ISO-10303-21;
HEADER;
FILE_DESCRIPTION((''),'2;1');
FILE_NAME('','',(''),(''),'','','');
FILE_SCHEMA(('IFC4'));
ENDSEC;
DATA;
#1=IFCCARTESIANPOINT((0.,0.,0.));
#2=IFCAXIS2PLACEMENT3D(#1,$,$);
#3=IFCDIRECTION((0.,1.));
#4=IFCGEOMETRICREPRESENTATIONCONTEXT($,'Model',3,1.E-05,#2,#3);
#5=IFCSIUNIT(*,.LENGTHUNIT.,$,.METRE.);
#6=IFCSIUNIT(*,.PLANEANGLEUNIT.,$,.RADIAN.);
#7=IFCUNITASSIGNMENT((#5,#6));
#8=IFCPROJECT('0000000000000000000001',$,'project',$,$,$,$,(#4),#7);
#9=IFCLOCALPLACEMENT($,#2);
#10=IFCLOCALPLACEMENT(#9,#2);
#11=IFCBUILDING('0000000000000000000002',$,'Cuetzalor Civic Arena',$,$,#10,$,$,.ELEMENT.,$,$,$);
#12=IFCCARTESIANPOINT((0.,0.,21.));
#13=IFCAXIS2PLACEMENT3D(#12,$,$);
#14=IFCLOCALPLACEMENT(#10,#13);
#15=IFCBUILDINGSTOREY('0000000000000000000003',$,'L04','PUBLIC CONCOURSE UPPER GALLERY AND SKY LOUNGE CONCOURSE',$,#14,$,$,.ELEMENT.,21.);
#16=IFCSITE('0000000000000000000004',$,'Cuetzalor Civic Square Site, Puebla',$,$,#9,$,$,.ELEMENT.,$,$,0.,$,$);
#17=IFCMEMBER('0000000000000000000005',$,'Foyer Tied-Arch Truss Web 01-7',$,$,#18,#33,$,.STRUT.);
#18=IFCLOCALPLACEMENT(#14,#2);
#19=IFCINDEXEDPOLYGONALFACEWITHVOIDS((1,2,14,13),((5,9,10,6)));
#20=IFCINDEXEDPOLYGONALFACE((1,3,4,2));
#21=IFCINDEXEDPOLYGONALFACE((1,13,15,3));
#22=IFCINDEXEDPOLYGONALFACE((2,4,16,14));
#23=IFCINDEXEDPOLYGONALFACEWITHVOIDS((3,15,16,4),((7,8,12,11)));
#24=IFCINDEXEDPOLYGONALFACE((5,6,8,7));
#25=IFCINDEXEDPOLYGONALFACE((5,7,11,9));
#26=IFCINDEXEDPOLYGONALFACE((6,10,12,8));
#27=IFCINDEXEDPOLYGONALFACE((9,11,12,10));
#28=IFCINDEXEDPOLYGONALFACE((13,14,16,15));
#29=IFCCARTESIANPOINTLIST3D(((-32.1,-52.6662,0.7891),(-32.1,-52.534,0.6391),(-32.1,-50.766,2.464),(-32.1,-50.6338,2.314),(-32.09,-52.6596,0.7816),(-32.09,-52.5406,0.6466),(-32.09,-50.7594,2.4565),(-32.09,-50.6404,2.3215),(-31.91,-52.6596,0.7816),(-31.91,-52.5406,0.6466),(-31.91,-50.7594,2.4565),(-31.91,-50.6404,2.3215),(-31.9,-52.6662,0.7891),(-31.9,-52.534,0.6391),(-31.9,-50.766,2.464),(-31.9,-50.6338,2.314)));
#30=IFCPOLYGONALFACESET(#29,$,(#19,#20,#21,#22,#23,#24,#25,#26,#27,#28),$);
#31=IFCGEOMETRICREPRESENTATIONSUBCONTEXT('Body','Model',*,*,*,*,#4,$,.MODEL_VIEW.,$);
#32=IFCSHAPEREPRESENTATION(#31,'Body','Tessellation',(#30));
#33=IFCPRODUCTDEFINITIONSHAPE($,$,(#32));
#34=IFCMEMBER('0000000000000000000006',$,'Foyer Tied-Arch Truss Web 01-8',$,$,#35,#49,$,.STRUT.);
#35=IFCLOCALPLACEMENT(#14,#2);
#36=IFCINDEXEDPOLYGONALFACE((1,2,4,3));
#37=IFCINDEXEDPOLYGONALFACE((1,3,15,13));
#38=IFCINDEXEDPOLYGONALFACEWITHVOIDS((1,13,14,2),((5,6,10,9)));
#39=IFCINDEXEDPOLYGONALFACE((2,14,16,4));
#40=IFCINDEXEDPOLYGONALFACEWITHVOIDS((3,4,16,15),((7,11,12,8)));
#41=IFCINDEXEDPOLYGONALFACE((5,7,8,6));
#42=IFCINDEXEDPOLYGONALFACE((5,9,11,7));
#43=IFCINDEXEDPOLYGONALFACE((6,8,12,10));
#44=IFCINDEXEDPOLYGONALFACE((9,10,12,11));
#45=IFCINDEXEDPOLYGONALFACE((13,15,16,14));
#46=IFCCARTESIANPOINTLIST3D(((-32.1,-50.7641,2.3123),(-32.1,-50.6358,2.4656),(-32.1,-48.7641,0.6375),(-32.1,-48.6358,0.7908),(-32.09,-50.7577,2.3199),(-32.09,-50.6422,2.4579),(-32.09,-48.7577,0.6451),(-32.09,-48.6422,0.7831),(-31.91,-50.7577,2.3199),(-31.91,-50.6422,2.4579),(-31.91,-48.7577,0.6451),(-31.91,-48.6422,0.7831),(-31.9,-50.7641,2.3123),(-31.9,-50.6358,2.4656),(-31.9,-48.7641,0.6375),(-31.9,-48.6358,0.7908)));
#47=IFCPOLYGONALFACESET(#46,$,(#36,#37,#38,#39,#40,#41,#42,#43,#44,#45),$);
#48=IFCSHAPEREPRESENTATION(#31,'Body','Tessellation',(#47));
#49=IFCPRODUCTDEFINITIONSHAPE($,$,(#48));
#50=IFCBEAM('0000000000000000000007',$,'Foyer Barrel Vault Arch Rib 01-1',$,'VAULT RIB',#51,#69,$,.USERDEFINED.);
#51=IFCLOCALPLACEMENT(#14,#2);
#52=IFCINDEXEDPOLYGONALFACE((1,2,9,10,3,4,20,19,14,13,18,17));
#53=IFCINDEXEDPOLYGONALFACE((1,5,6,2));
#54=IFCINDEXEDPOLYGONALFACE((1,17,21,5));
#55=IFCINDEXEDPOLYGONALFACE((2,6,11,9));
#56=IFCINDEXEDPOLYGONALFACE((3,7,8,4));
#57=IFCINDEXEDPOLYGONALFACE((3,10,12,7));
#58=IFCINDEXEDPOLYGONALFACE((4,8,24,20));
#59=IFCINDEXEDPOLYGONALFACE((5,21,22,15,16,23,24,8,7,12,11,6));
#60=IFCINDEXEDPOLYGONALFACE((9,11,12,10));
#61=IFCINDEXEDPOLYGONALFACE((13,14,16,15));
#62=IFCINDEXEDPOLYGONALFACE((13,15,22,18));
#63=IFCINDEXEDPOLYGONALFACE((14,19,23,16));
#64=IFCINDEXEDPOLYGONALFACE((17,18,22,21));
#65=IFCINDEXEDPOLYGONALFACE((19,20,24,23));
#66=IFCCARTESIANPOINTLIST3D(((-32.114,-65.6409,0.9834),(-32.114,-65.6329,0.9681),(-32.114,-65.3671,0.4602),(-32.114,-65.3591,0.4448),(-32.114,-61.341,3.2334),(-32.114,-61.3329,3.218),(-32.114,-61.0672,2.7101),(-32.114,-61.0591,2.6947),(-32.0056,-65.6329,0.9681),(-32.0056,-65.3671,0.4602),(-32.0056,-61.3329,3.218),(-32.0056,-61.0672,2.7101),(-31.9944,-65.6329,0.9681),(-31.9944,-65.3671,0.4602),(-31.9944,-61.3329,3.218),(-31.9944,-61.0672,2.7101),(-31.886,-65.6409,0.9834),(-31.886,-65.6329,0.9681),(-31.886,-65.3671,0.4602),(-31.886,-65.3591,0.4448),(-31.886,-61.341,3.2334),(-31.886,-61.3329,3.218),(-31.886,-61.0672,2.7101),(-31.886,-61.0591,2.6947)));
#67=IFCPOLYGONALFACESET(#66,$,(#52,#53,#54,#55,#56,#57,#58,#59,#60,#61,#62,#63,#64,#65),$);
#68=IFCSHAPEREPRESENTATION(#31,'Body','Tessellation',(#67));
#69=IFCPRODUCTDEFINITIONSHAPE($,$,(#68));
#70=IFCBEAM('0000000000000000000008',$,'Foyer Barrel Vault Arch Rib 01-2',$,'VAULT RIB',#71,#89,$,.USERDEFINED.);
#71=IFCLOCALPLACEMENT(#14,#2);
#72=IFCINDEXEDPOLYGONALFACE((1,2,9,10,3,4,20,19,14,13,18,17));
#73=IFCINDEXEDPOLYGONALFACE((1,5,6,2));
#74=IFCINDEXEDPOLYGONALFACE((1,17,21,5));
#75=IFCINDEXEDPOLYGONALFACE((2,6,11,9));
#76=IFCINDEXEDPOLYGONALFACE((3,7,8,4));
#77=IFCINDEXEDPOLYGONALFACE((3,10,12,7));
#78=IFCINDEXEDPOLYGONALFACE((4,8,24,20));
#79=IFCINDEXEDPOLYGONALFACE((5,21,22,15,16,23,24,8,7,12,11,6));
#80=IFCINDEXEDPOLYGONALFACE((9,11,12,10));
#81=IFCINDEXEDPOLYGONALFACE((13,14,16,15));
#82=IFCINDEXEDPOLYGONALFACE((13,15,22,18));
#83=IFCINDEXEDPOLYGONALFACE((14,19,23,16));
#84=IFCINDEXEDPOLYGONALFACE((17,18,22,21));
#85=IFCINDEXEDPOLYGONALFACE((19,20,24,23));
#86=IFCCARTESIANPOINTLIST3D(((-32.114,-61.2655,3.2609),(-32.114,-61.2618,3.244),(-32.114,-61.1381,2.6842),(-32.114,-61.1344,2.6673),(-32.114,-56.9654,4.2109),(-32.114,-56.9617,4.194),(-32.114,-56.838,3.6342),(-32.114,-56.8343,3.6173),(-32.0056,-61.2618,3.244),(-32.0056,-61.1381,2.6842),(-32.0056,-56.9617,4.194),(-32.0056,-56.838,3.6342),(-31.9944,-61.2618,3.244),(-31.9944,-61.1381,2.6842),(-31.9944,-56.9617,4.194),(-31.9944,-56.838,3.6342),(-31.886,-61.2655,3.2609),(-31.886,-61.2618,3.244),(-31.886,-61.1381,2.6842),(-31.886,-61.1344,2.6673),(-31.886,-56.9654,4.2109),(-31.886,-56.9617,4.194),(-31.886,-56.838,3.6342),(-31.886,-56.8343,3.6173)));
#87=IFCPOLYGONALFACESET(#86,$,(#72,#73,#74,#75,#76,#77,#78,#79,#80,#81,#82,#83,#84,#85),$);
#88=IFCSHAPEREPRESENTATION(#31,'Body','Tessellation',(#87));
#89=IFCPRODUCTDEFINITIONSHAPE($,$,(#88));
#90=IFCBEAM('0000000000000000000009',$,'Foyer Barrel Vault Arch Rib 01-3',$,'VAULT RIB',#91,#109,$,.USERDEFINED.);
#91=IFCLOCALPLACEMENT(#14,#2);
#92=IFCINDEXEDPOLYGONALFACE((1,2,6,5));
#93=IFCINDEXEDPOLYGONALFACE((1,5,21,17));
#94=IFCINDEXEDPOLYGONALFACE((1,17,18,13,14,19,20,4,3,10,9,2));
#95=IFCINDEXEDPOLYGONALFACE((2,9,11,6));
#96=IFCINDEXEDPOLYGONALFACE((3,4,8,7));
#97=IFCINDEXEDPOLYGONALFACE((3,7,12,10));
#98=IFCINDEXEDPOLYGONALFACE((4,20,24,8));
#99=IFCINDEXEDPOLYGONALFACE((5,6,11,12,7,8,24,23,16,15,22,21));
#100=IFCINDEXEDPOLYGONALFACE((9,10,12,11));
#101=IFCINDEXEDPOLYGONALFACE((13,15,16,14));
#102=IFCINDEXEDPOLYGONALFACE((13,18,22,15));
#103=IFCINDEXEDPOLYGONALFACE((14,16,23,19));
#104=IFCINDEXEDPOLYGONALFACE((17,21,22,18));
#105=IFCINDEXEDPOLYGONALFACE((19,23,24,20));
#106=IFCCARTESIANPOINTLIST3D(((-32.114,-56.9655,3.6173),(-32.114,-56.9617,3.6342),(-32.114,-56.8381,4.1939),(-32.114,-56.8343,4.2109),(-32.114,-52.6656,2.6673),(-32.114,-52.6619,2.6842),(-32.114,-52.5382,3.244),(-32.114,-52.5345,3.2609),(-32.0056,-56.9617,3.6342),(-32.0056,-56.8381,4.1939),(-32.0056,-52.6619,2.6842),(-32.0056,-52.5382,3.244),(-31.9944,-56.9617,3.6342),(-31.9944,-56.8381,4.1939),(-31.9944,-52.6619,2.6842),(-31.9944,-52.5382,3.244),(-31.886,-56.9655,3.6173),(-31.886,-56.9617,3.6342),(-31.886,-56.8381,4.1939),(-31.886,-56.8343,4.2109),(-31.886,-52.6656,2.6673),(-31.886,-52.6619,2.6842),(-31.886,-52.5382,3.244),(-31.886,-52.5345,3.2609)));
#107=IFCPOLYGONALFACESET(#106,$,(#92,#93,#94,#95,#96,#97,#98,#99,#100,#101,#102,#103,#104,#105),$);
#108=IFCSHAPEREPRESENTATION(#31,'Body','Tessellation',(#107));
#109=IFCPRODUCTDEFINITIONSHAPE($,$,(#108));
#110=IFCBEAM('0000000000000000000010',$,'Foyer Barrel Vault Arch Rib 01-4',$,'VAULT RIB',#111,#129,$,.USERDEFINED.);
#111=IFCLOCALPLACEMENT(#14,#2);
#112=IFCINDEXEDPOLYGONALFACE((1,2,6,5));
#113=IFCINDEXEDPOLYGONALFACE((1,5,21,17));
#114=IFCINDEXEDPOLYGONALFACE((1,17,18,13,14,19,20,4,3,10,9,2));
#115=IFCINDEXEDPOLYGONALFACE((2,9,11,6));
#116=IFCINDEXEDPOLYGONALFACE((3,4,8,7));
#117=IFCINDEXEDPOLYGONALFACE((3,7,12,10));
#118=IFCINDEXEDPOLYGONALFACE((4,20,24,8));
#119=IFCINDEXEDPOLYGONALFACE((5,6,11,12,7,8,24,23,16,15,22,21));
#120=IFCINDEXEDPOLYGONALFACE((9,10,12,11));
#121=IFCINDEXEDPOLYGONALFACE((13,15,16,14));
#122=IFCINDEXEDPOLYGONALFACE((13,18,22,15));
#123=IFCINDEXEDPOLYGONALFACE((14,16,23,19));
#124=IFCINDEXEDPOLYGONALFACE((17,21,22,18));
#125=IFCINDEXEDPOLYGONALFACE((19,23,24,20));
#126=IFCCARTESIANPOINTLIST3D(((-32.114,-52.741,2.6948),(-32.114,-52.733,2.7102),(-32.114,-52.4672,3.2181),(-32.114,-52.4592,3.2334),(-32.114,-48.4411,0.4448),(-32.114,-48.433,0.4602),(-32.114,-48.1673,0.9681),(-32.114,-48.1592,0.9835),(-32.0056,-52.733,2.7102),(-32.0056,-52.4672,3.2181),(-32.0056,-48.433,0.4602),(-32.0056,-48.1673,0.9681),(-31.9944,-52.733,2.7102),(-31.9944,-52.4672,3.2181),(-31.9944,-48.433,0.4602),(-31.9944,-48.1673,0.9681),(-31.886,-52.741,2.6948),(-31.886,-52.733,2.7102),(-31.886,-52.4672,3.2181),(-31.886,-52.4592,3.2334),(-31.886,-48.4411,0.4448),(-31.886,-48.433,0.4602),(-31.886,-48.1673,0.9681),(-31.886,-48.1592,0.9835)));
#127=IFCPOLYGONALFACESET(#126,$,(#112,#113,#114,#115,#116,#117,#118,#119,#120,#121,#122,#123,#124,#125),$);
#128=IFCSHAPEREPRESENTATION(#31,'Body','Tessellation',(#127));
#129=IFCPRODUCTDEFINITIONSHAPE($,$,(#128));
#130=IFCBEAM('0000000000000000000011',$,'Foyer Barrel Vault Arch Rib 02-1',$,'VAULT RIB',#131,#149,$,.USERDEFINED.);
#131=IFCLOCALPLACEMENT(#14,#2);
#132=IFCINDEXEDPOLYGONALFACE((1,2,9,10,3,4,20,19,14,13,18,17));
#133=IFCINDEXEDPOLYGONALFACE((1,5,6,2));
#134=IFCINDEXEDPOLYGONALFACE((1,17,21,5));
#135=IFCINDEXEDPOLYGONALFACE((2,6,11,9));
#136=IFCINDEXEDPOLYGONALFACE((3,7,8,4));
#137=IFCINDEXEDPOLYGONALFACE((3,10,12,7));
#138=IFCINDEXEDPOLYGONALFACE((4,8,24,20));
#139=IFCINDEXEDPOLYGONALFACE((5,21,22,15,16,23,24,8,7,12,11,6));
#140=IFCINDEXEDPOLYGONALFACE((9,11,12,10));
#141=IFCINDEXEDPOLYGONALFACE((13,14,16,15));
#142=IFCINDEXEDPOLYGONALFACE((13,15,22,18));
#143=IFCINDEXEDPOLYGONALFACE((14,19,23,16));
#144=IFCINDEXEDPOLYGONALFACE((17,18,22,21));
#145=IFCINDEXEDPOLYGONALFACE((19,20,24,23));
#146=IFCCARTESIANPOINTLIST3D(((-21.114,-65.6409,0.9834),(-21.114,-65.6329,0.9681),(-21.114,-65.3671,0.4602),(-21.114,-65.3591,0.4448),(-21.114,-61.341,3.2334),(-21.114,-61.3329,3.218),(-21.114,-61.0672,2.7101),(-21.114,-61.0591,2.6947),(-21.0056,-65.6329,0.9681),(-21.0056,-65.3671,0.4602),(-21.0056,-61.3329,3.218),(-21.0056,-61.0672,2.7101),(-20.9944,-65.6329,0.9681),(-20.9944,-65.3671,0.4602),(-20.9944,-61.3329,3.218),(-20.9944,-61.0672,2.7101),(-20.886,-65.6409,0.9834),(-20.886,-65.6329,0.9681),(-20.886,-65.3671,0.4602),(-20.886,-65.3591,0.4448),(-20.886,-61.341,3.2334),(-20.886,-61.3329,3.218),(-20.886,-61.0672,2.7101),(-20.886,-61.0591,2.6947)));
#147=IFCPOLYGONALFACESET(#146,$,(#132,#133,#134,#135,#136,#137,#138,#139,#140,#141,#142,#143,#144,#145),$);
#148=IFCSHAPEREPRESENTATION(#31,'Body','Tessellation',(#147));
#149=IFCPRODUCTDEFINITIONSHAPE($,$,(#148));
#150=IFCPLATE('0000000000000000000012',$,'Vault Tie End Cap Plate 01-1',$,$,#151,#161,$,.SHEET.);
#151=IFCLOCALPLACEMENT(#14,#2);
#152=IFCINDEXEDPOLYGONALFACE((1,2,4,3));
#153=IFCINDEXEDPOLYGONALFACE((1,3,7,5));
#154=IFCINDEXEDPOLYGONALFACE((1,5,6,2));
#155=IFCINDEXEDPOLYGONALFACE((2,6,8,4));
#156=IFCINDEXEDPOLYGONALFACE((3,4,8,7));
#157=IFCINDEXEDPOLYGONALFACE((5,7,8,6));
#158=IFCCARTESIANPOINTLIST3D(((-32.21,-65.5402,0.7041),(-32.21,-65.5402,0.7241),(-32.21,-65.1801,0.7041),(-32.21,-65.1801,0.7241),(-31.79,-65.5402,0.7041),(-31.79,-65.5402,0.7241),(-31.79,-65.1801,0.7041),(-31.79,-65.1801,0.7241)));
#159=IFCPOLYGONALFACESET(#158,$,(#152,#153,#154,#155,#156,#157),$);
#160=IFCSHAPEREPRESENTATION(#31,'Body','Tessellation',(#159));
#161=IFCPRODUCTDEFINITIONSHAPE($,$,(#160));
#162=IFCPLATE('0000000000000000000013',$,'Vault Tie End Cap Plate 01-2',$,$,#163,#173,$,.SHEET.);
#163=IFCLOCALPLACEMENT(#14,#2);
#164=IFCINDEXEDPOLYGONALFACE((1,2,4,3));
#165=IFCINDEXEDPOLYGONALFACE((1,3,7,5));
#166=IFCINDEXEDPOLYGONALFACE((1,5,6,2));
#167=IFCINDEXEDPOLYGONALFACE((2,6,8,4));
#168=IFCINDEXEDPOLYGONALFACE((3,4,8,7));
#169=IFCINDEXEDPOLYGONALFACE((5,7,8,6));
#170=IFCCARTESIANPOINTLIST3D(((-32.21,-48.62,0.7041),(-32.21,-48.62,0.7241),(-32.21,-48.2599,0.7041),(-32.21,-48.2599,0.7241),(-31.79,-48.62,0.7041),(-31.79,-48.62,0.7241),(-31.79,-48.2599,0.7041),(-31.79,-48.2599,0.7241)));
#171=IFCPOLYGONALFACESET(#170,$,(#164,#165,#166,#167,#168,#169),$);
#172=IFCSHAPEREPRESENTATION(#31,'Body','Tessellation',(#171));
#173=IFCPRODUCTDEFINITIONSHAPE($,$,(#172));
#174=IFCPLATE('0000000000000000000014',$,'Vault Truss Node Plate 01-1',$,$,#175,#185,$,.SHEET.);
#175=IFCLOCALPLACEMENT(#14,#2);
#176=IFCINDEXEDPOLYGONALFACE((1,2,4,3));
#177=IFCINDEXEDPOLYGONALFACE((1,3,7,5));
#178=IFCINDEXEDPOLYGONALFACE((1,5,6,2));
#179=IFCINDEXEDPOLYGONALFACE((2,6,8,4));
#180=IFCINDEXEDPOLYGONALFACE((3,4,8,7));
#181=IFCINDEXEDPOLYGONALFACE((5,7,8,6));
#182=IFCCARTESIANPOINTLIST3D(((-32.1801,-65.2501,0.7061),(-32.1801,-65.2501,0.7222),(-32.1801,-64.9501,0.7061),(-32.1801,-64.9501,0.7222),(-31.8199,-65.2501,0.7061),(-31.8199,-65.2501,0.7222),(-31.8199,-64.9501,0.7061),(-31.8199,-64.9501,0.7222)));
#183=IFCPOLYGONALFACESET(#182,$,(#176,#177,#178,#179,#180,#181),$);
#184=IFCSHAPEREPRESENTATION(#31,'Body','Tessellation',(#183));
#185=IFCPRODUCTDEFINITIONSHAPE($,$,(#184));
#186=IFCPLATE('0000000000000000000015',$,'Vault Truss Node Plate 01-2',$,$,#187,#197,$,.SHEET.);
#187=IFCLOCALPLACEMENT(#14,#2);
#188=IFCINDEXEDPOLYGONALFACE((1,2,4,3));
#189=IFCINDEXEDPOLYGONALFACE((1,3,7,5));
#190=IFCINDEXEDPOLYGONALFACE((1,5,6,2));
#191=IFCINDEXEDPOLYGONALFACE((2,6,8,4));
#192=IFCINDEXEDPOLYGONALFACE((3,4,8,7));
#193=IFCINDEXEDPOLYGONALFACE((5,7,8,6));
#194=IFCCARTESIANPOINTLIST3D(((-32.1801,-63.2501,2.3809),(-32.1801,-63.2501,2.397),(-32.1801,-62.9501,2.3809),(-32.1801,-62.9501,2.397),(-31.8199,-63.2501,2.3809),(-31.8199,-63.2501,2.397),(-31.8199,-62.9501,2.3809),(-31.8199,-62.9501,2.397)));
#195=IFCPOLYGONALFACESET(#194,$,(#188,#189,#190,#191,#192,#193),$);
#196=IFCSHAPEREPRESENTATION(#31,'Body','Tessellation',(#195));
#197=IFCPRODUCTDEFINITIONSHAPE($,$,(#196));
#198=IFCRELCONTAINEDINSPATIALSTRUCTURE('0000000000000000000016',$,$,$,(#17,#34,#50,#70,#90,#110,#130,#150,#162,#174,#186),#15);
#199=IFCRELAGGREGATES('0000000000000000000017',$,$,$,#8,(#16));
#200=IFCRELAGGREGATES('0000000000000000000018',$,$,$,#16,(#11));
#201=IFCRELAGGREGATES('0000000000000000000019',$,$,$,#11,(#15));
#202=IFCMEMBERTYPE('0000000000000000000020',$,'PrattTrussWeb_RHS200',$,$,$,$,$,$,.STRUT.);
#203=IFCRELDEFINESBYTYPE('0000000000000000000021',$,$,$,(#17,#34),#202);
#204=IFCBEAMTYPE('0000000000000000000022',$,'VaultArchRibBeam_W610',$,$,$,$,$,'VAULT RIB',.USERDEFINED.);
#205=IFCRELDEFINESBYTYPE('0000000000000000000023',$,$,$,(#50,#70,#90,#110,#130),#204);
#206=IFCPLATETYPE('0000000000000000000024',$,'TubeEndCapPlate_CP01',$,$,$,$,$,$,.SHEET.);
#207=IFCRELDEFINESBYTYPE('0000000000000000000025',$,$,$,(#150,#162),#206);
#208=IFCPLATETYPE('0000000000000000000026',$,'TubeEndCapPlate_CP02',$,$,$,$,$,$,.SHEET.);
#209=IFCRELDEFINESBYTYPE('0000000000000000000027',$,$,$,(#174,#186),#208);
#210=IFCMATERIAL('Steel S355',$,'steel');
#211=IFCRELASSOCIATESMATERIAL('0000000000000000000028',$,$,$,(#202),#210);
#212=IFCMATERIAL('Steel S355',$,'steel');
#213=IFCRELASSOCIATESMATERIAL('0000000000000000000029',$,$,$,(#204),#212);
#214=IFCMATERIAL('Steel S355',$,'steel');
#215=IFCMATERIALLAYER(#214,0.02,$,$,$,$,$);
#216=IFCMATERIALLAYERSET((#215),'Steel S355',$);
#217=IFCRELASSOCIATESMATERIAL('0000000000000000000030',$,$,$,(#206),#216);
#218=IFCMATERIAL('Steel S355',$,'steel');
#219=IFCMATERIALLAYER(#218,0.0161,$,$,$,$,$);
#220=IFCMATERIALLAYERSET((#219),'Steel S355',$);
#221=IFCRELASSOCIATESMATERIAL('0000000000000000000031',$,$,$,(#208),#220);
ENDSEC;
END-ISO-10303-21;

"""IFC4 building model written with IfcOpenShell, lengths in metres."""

from ifc_helpers import new_model, si_unit, direction, frame, origin, origin_2d, place, context, subcontext, project, spatial, rectangle, hollow_rectangle, i_section, extrude, material, layer, layer_set, material_profile, profile_set, type_object, element, save


model = new_model("IFC4")

# Units and contexts
model_context = context("Model", 3, precision=1e-05, world=origin(), true_north=direction((0.0, 1.0)))
body_context = subcontext(model_context, "Body", "Model", "MODEL_VIEW")
ifc_project = project(units=[si_unit("LENGTHUNIT", "METRE"), si_unit("PLANEANGLEUNIT", "RADIAN")], contexts=[model_context])

# Site, building, storey
site_placement = place(None, origin())
site = spatial("IfcSite", under=ifc_project, at=site_placement, Name="Cuetzalor Civic Square Site, Puebla", CompositionType="ELEMENT", RefElevation=0.0)
building_placement = place(site_placement, origin())
building = spatial("IfcBuilding", under=site, at=building_placement, Name="Cuetzalor Civic Arena", CompositionType="ELEMENT")
storey_placement = place(building_placement, frame((0.0, 0.0, 21.0)))
storey = spatial("IfcBuildingStorey", under=building, at=storey_placement, Name="L04", Description="PUBLIC CONCOURSE UPPER GALLERY AND SKY LOUNGE CONCOURSE", CompositionType="ELEMENT", Elevation=21.0)

# Members
ifc_material_1 = material(Name="Steel S355", Category="steel")
ifc_material_profile_1 = material_profile(ifc_material_1, hollow_rectangle(XDim=0.2, YDim=0.2, WallThickness=0.01, at=origin_2d()), Name="RHS 200x200x10")
ifc_profile_set_1 = profile_set([ifc_material_profile_1], Name="Steel S355")
member_type_1 = type_object("IfcMemberType", Name="PrattTrussWeb_RHS200", PredefinedType="STRUT", material=ifc_profile_set_1)
member_1_placement = place(storey_placement, frame((-32.0, -52.6001, 0.7141), z_axis=(0.0, 0.750189, 0.661223), x_axis=(-1.0, 0.0, 0.0)))
element("IfcMember", 1, at=member_1_placement, inside=storey, type_object=member_type_1, Name="Foyer Tied-Arch Truss Web 01-7", PredefinedType="STRUT", context=body_context, shape_type="SweptSolid", body=[
    extrude(hollow_rectangle(XDim=0.2, YDim=0.2, WallThickness=0.01, at=origin_2d()), origin(), (0.0, 0.0, 1.0), 2.533),
])
member_2_placement = place(storey_placement, frame((-32.0, -50.7, 2.3889), z_axis=(0.0, 0.766685, -0.642024), x_axis=(-1.0, 0.0, 0.0)))
element("IfcMember", 2, at=member_2_placement, inside=storey, type_object=member_type_1, Name="Foyer Tied-Arch Truss Web 01-8", PredefinedType="STRUT", context=body_context, shape_type="SweptSolid", body=[
    extrude(hollow_rectangle(XDim=0.2, YDim=0.2, WallThickness=0.01, at=origin_2d()), origin(), (0.0, 0.0, 1.0), 2.6086),
])

# Beams
ifc_material_2 = material(Name="Steel S355", Category="steel")
ifc_material_profile_2 = material_profile(ifc_material_2, i_section(OverallWidth=0.228, OverallDepth=0.6079, WebThickness=0.0112, FlangeThickness=0.0173, at=origin_2d()), Name="W610x113")
ifc_profile_set_2 = profile_set([ifc_material_profile_2], Name="Steel S355")
beam_type = type_object("IfcBeamType", Name="VaultArchRibBeam_W610", ElementType="VAULT RIB", PredefinedType="USERDEFINED", material=ifc_profile_set_2)
beam_1_placement = place(storey_placement, frame((-32.0, -65.5, 0.7141), z_axis=(0.0, 0.886035, 0.463618), x_axis=(-1.0, 0.0, 0.0)))
element("IfcBeam", 3, at=beam_1_placement, inside=storey, type_object=beam_type, Name="Foyer Barrel Vault Arch Rib 01-1", ObjectType="VAULT RIB", PredefinedType="USERDEFINED", context=body_context, shape_type="SweptSolid", body=[
    extrude(i_section(OverallWidth=0.228, OverallDepth=0.6079, WebThickness=0.0112, FlangeThickness=0.0173, at=origin_2d()), origin(), (0.0, 0.0, 1.0), 4.853),
])
beam_2_placement = place(storey_placement, frame((-32.0, -61.2, 2.9641), z_axis=(0.0, 0.976456, 0.215715), x_axis=(-1.0, 0.0, 0.0)))
element("IfcBeam", 4, at=beam_2_placement, inside=storey, type_object=beam_type, Name="Foyer Barrel Vault Arch Rib 01-2", ObjectType="VAULT RIB", PredefinedType="USERDEFINED", context=body_context, shape_type="SweptSolid", body=[
    extrude(i_section(OverallWidth=0.228, OverallDepth=0.6079, WebThickness=0.0112, FlangeThickness=0.0173, at=origin_2d()), origin(), (0.0, 0.0, 1.0), 4.4038),
])
beam_3_placement = place(storey_placement, frame((-32.0, -56.8999, 3.9141), z_axis=(0.0, 0.976454, -0.215727), x_axis=(-1.0, 0.0, 0.0)))
element("IfcBeam", 5, at=beam_3_placement, inside=storey, type_object=beam_type, Name="Foyer Barrel Vault Arch Rib 01-3", ObjectType="VAULT RIB", PredefinedType="USERDEFINED", context=body_context, shape_type="SweptSolid", body=[
    extrude(i_section(OverallWidth=0.228, OverallDepth=0.6079, WebThickness=0.0112, FlangeThickness=0.0173, at=origin_2d()), origin(), (0.0, 0.0, 1.0), 4.4036),
])
for number, where, z_axis, x_axis, name in (
    (6, (-32.0, -52.6001, 2.9641), (0.0, 0.886035, -0.463618), (-1.0, 0.0, 0.0), "Foyer Barrel Vault Arch Rib 01-4"),
    (7, (-21.0, -65.5, 0.7141), (0.0, 0.886035, 0.463618), (-1.0, 0.0, 0.0), "Foyer Barrel Vault Arch Rib 02-1"),
):
    element("IfcBeam", number, at=place(storey_placement, frame(where, z_axis=z_axis, x_axis=x_axis)), inside=storey, type_object=beam_type, Name=name, ObjectType="VAULT RIB", PredefinedType="USERDEFINED", context=body_context, shape_type="SweptSolid", body=[
        extrude(i_section(OverallWidth=0.228, OverallDepth=0.6079, WebThickness=0.0112, FlangeThickness=0.0173, at=origin_2d()), origin(), (0.0, 0.0, 1.0), 4.853),
    ])

# Plates
ifc_material_3 = material(Name="Steel S355", Category="steel")
ifc_layer_1 = layer(ifc_material_3, 0.02)
ifc_layer_set_1 = layer_set([ifc_layer_1], Name="Steel S355")
plate_type_1 = type_object("IfcPlateType", Name="TubeEndCapPlate_CP01", PredefinedType="SHEET", material=ifc_layer_set_1)
for number, where, z_axis, x_axis, name in (
    (8, (-32.0, -65.3601, 0.7041), (0.0, 0.0, 1.0), (1.0, 0.0, 0.0), "Vault Tie End Cap Plate 01-1"),
    (9, (-32.0, -48.4399, 0.7041), (0.0, 0.0, 1.0), (1.0, 0.0, 0.0), "Vault Tie End Cap Plate 01-2"),
):
    element("IfcPlate", number, at=place(storey_placement, frame(where, z_axis=z_axis, x_axis=x_axis)), inside=storey, type_object=plate_type_1, Name=name, PredefinedType="SHEET", context=body_context, shape_type="SweptSolid", body=[
        extrude(rectangle(XDim=0.4199, YDim=0.3601, at=origin_2d()), origin(), (0.0, 0.0, 1.0), 0.02),
    ])
ifc_material_4 = material(Name="Steel S355", Category="steel")
ifc_layer_2 = layer(ifc_material_4, 0.0161)
ifc_layer_set_2 = layer_set([ifc_layer_2], Name="Steel S355")
plate_type_2 = type_object("IfcPlateType", Name="TubeEndCapPlate_CP02", PredefinedType="SHEET", material=ifc_layer_set_2)
for number, where, z_axis, x_axis, name in (
    (10, (-32.0, -65.1001, 0.7061), (0.0, 0.0, 1.0), (1.0, 0.0, 0.0), "Vault Truss Node Plate 01-1"),
    (11, (-32.0, -63.1001, 2.3809), (0.0, 0.0, 1.0), (1.0, 0.0, 0.0), "Vault Truss Node Plate 01-2"),
):
    element("IfcPlate", number, at=place(storey_placement, frame(where, z_axis=z_axis, x_axis=x_axis)), inside=storey, type_object=plate_type_2, Name=name, PredefinedType="SHEET", context=body_context, shape_type="SweptSolid", body=[
        extrude(rectangle(XDim=0.3601, YDim=0.3, at=origin_2d()), origin(), (0.0, 0.0, 1.0), 0.0161),
    ])

save(model, "model.ifc")
